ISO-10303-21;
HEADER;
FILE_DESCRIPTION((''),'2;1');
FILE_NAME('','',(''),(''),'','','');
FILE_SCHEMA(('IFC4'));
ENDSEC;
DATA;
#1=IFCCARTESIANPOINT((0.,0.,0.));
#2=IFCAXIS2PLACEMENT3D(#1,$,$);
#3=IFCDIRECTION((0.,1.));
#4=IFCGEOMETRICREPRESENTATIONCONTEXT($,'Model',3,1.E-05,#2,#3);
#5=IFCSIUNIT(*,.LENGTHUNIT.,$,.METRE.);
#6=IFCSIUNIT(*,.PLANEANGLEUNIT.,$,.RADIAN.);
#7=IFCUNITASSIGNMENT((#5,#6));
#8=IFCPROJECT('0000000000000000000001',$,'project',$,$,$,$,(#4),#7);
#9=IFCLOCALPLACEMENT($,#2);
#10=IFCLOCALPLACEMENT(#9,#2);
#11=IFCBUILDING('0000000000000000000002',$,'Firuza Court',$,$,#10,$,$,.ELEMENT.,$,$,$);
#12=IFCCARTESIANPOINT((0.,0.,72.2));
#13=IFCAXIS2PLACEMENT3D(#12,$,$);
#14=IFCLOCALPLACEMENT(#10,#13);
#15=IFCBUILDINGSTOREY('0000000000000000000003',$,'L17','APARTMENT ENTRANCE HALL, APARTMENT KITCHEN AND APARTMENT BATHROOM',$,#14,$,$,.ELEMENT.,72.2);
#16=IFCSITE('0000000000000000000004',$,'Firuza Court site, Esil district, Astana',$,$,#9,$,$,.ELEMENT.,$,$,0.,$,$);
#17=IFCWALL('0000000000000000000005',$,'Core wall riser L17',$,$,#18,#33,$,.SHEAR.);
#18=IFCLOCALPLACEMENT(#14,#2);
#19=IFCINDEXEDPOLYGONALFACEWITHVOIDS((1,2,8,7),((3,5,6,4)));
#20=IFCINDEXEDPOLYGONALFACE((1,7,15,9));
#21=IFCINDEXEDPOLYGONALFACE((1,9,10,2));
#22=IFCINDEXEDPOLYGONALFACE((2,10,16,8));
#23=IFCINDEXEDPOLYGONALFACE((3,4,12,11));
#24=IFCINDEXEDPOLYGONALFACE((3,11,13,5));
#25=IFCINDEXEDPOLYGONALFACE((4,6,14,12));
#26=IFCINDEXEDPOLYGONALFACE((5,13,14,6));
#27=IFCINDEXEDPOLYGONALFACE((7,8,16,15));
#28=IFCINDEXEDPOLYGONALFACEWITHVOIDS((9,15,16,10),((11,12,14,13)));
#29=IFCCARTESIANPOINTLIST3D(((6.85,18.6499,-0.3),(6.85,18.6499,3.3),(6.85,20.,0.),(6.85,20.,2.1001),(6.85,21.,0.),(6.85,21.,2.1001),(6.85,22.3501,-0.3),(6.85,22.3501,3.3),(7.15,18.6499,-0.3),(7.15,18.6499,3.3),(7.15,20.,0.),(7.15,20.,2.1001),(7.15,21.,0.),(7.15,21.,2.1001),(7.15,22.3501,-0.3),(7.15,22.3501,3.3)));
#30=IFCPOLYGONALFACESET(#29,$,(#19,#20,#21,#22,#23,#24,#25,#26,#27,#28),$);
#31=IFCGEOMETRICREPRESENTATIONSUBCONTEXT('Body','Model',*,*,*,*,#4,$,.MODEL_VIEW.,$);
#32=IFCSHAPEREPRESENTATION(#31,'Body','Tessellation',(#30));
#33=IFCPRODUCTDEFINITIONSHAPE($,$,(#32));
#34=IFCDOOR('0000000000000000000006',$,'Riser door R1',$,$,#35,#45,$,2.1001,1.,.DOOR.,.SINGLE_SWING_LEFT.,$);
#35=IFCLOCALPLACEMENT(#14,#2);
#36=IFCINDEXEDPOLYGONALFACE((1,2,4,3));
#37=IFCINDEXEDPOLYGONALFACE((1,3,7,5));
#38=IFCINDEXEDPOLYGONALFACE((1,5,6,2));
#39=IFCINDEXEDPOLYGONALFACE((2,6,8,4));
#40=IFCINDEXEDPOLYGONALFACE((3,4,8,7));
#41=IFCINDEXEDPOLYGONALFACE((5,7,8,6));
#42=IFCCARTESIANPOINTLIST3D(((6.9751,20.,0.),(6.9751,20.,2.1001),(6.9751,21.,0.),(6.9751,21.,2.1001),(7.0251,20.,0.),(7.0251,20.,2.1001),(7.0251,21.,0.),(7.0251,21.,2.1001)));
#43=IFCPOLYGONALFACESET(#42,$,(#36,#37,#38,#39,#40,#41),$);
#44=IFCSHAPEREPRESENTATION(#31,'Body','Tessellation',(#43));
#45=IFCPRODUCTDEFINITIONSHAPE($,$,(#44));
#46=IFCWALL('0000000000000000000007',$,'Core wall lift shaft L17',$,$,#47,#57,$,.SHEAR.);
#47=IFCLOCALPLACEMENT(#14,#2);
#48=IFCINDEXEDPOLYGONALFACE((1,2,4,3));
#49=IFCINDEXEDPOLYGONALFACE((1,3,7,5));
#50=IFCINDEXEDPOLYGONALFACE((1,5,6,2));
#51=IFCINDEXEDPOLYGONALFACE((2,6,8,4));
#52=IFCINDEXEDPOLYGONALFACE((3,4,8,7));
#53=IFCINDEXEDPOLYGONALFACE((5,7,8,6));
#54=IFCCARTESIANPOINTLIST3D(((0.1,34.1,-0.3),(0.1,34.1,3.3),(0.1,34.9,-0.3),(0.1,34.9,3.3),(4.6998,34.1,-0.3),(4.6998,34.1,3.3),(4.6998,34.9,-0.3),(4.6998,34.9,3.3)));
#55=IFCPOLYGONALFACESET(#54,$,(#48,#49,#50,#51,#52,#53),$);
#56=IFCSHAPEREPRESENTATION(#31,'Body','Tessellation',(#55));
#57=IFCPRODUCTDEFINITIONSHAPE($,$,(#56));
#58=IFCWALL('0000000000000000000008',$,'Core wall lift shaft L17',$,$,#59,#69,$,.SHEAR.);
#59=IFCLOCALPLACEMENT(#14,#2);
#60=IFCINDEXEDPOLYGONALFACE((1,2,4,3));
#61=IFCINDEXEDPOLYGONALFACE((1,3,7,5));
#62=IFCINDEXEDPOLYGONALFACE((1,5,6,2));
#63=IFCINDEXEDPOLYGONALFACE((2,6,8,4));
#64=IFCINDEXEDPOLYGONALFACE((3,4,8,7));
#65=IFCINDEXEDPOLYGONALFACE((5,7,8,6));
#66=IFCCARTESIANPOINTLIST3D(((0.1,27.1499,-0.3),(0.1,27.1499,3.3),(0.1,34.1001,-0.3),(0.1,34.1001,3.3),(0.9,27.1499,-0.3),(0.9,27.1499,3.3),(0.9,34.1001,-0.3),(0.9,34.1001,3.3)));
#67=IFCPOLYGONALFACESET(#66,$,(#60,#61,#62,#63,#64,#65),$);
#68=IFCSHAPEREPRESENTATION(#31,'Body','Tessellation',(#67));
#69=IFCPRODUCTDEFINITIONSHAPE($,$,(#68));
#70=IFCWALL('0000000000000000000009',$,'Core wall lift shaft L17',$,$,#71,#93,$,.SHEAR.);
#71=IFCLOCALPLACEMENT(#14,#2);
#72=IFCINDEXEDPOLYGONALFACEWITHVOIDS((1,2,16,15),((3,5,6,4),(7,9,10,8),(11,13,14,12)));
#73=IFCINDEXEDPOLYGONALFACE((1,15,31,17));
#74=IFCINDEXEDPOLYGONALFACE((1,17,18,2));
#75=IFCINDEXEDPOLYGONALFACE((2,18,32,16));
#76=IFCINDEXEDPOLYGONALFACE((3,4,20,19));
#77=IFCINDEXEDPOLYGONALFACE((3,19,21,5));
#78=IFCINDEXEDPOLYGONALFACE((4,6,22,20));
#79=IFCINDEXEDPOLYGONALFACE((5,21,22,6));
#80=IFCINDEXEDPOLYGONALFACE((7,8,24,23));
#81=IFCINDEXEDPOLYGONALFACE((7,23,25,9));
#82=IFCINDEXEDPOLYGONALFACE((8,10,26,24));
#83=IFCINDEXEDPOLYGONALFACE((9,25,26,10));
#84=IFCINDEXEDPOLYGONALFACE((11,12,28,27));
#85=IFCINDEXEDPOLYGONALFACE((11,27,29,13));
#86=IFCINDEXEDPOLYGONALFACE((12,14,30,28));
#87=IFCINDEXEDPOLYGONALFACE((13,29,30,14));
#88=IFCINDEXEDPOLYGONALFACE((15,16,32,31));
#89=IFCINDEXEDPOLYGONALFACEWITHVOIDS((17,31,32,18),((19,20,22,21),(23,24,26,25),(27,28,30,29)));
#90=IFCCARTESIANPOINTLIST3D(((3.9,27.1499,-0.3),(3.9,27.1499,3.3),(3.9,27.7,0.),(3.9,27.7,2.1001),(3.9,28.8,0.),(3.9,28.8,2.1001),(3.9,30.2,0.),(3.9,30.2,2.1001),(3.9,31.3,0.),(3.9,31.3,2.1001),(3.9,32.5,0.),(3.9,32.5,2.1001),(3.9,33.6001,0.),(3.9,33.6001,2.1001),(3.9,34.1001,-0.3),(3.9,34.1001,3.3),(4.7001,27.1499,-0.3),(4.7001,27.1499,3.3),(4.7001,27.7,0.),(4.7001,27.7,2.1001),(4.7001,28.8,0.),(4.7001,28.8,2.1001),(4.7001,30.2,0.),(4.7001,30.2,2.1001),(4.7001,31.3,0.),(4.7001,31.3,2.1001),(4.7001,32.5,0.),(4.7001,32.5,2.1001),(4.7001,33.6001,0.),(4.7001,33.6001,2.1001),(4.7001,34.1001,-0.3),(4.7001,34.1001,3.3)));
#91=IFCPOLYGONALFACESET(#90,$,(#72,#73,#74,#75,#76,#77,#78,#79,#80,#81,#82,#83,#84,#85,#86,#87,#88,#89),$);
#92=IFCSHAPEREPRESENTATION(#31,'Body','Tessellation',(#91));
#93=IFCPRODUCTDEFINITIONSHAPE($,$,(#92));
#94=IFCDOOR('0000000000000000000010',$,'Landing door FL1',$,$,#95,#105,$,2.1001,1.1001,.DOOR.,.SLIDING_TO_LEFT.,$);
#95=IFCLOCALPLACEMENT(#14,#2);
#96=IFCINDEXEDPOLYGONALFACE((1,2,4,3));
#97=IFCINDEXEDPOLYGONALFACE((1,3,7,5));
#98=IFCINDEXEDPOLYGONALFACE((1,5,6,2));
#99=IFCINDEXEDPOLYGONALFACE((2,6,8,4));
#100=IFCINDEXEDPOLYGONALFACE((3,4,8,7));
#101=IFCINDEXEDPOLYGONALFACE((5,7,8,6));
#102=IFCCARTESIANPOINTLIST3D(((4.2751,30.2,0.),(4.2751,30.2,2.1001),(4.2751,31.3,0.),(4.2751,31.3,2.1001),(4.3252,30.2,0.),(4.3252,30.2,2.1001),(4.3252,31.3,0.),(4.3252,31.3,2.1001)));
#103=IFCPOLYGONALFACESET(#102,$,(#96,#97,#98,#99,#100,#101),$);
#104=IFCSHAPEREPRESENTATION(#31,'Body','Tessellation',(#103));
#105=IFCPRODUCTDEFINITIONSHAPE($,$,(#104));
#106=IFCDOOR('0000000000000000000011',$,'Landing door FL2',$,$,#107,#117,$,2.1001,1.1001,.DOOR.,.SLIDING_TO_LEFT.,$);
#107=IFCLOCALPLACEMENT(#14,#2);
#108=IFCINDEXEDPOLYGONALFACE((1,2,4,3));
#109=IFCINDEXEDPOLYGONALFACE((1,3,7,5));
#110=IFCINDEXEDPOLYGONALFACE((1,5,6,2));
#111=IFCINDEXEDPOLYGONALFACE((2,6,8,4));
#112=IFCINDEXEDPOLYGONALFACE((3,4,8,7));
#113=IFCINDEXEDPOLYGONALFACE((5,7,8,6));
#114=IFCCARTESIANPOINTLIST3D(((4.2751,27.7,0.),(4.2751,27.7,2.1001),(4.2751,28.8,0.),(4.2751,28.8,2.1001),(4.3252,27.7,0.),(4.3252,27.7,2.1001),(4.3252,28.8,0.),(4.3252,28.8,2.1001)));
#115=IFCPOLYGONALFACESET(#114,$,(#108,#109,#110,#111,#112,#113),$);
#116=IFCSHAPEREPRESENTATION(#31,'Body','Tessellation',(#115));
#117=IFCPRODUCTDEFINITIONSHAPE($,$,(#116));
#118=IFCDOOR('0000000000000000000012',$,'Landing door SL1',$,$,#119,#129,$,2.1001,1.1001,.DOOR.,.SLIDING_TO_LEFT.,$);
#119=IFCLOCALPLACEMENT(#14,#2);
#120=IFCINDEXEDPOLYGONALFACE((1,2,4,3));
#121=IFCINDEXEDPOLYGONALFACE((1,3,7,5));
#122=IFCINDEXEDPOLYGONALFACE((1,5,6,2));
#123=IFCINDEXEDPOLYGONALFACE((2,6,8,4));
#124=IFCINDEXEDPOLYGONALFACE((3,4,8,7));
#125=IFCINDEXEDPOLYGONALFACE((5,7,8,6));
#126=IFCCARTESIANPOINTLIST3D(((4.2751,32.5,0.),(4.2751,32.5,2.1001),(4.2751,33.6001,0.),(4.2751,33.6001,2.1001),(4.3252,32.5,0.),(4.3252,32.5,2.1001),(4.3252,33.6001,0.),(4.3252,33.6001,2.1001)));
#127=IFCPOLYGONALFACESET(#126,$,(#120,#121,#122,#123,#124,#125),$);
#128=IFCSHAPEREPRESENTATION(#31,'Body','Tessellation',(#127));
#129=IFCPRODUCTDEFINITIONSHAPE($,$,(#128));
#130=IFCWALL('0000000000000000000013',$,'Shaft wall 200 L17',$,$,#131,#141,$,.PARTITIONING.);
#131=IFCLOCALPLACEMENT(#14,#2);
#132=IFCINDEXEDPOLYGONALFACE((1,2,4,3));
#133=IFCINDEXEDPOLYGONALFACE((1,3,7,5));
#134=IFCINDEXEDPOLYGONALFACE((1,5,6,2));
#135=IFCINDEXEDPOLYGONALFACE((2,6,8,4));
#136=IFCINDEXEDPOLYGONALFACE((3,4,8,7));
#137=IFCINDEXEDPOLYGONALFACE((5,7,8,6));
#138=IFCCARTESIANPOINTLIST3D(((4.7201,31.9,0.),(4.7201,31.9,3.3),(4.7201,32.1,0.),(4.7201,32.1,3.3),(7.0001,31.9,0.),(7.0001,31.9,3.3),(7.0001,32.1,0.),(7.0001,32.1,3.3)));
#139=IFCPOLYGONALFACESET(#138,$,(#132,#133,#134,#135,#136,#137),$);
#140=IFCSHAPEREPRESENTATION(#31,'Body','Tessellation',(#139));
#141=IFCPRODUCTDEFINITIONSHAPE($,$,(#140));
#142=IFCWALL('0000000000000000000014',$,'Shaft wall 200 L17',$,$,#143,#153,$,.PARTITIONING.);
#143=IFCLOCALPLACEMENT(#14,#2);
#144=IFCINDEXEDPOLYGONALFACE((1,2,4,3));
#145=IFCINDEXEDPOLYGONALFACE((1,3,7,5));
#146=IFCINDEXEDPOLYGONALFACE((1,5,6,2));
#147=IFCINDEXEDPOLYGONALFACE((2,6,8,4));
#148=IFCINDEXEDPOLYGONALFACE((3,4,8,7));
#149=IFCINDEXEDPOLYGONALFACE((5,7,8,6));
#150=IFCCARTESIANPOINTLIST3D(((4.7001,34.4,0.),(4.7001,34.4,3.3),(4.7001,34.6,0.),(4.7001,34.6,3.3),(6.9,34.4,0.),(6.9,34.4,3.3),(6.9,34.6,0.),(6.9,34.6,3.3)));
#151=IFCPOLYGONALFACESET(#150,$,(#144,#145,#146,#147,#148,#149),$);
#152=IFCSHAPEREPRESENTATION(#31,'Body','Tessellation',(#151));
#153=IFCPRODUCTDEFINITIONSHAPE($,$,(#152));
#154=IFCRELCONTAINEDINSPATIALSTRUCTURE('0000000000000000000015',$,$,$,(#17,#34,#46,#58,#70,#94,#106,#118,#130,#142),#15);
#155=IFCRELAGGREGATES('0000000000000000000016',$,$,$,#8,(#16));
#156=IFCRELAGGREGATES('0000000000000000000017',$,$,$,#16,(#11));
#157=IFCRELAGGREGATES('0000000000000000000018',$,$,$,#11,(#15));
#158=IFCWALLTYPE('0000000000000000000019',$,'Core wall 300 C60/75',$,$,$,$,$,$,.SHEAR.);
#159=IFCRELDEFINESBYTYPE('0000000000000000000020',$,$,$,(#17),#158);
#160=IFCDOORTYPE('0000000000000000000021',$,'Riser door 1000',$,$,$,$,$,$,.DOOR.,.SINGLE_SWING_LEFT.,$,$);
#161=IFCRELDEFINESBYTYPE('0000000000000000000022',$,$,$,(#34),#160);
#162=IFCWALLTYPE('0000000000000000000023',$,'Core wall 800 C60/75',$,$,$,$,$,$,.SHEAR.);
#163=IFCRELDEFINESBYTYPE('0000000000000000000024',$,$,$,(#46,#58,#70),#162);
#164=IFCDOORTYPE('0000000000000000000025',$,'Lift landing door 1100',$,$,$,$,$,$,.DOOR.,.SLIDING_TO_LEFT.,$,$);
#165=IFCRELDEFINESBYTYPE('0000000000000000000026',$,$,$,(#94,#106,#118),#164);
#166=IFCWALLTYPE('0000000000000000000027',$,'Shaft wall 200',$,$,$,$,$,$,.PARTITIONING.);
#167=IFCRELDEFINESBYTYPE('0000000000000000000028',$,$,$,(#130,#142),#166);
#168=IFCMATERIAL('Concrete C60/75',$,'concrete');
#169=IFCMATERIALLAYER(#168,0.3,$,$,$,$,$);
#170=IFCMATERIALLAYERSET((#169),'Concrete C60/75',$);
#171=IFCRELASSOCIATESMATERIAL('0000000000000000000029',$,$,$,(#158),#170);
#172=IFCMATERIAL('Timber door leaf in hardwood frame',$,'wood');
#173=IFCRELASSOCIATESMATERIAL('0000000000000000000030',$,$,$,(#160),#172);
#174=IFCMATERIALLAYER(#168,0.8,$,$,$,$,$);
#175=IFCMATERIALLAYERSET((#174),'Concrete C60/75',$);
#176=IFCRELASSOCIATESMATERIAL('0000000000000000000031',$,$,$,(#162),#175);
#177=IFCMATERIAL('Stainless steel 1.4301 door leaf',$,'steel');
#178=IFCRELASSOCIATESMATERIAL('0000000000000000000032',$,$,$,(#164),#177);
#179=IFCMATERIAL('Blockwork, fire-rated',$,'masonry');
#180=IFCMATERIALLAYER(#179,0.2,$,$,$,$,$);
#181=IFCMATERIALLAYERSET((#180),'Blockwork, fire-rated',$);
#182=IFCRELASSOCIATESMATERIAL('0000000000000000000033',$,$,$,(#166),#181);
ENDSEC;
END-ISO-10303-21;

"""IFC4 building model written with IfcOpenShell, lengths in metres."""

from ifc_helpers import new_model, si_unit, direction, frame, frame_2d, origin, place, context, subcontext, project, spatial, rectangle, extrude, material, layer, layer_set, type_object, element, fill, save


model = new_model("IFC4")

# Units and contexts
model_context = context("Model", 3, precision=1e-05, world=origin(), true_north=direction((0.0, 1.0)))
body_context = subcontext(model_context, "Body", "Model", "MODEL_VIEW")
ifc_project = project(units=[si_unit("LENGTHUNIT", "METRE"), si_unit("PLANEANGLEUNIT", "RADIAN")], contexts=[model_context])

# Site, building, storey
site_placement = place(None, origin())
site = spatial("IfcSite", under=ifc_project, at=site_placement, Name="Firuza Court site, Esil district, Astana", CompositionType="ELEMENT", RefElevation=0.0)
building_placement = place(site_placement, origin())
building = spatial("IfcBuilding", under=site, at=building_placement, Name="Firuza Court", CompositionType="ELEMENT")
storey_placement = place(building_placement, frame((0.0, 0.0, 72.2)))
storey = spatial("IfcBuildingStorey", under=building, at=storey_placement, Name="L17", Description="APARTMENT ENTRANCE HALL, APARTMENT KITCHEN AND APARTMENT BATHROOM", CompositionType="ELEMENT", Elevation=72.2)

# Shared definitions
ifc_material_1 = material(Name="Concrete C60/75", Category="concrete")
ifc_layer_1 = layer(ifc_material_1, 0.3)
ifc_layer_set_1 = layer_set([ifc_layer_1], Name="Concrete C60/75")
wall_type_1 = type_object("IfcWallType", Name="Core wall 300 C60/75", PredefinedType="SHEAR", material=ifc_layer_set_1)

# Wall, opening, door
wall_1_placement = place(storey_placement, frame((7.0, 18.6499, -0.3), z_axis=(0.0, 0.0, 1.0), x_axis=(0.0, 1.0, 0.0)))
wall_1 = element("IfcWall", 1, at=wall_1_placement, inside=storey, type_object=wall_type_1, Name="Core wall riser L17", PredefinedType="SHEAR", context=body_context, shape_type="SweptSolid", body=[
    extrude(rectangle(XDim=3.7002, YDim=0.3, at=frame_2d((1.8501, 0.0))), origin(), (0.0, 0.0, 1.0), 3.6001),
])
opening_1_placement = place(wall_1_placement, frame((1.3501, 0.0, 0.3)))
opening_1 = element("IfcOpeningElement", 2, at=opening_1_placement, cuts=wall_1, PredefinedType="OPENING", context=body_context, shape_type="SweptSolid", body=[
    extrude(rectangle(XDim=1.0, YDim=2.1001, at=frame_2d((0.5, 1.05))), frame((0.0, 0.1621, 0.0), z_axis=(0.0, -1.0, 0.0), x_axis=(1.0, 0.0, 0.0)), (0.0, 0.0, 1.0), 0.324),
])
ifc_material_2 = material(Name="Timber door leaf in hardwood frame", Category="wood")
door_type_1 = type_object("IfcDoorType", Name="Riser door 1000", OperationType="SINGLE_SWING_LEFT", PredefinedType="DOOR", material=ifc_material_2)
door_1_placement = place(opening_1_placement, origin())
door_1 = element("IfcDoor", 3, at=door_1_placement, inside=storey, type_object=door_type_1, Name="Riser door R1", OperationType="SINGLE_SWING_LEFT", OverallHeight=2.1001, OverallWidth=1.0, PredefinedType="DOOR", context=body_context, shape_type="SweptSolid", body=[
    extrude(rectangle(XDim=1.0, YDim=2.1001, at=frame_2d((0.5, 1.05))), frame((0.0, 0.0249, 0.0), z_axis=(0.0, -1.0, 0.0), x_axis=(1.0, 0.0, 0.0)), (0.0, 0.0, 1.0), 0.05),
])
fill(opening_1, door_1)

# Walls
ifc_layer_2 = layer(ifc_material_1, 0.8)
ifc_layer_set_2 = layer_set([ifc_layer_2], Name="Concrete C60/75")
wall_type_2 = type_object("IfcWallType", Name="Core wall 800 C60/75", PredefinedType="SHEAR", material=ifc_layer_set_2)
wall_2_placement = place(storey_placement, frame((0.1001, 34.5, -0.3), z_axis=(0.0, 0.0, 1.0), x_axis=(1.0, 0.0, 0.0)))
element("IfcWall", 4, at=wall_2_placement, inside=storey, type_object=wall_type_2, Name="Core wall lift shaft L17", PredefinedType="SHEAR", context=body_context, shape_type="SweptSolid", body=[
    extrude(rectangle(XDim=4.5999, YDim=0.8, at=frame_2d((2.2998, 0.0))), origin(), (0.0, 0.0, 1.0), 3.6001),
])
wall_3_placement = place(storey_placement, frame((0.5, 27.1499, -0.3), z_axis=(0.0, 0.0, 1.0), x_axis=(0.0, 1.0, 0.0)))
element("IfcWall", 5, at=wall_3_placement, inside=storey, type_object=wall_type_2, Name="Core wall lift shaft L17", PredefinedType="SHEAR", context=body_context, shape_type="SweptSolid", body=[
    extrude(rectangle(XDim=6.9502, YDim=0.8, at=frame_2d((3.4751, 0.0))), origin(), (0.0, 0.0, 1.0), 3.6001),
])

# Wall, openings, doors
wall_4_placement = place(storey_placement, frame((4.3, 27.1499, -0.3), z_axis=(0.0, 0.0, 1.0), x_axis=(0.0, 1.0, 0.0)))
wall_4 = element("IfcWall", 6, at=wall_4_placement, inside=storey, type_object=wall_type_2, Name="Core wall lift shaft L17", PredefinedType="SHEAR", context=body_context, shape_type="SweptSolid", body=[
    extrude(rectangle(XDim=6.9502, YDim=0.8, at=frame_2d((3.4751, 0.0))), origin(), (0.0, 0.0, 1.0), 3.6001),
])
opening_2_placement = place(wall_4_placement, frame((3.05, 0.0, 0.3)))
opening_2 = element("IfcOpeningElement", 7, at=opening_2_placement, cuts=wall_4, PredefinedType="OPENING", context=body_context, shape_type="SweptSolid", body=[
    extrude(rectangle(XDim=1.1001, YDim=2.1001, at=frame_2d((0.55, 1.05))), frame((0.0, 0.4121, 0.0), z_axis=(0.0, -1.0, 0.0), x_axis=(1.0, 0.0, 0.0)), (0.0, 0.0, 1.0), 0.824),
])
opening_3_placement = place(wall_4_placement, frame((0.55, 0.0, 0.3)))
opening_3 = element("IfcOpeningElement", 8, at=opening_3_placement, cuts=wall_4, PredefinedType="OPENING", context=body_context, shape_type="SweptSolid", body=[
    extrude(rectangle(XDim=1.1001, YDim=2.1001, at=frame_2d((0.55, 1.05))), frame((0.0, 0.4121, 0.0), z_axis=(0.0, -1.0, 0.0), x_axis=(1.0, 0.0, 0.0)), (0.0, 0.0, 1.0), 0.824),
])
opening_4_placement = place(wall_4_placement, frame((5.3501, 0.0, 0.3)))
opening_4 = element("IfcOpeningElement", 9, at=opening_4_placement, cuts=wall_4, PredefinedType="OPENING", context=body_context, shape_type="SweptSolid", body=[
    extrude(rectangle(XDim=1.1001, YDim=2.1001, at=frame_2d((0.55, 1.05))), frame((0.0, 0.4121, 0.0), z_axis=(0.0, -1.0, 0.0), x_axis=(1.0, 0.0, 0.0)), (0.0, 0.0, 1.0), 0.824),
])
ifc_material_3 = material(Name="Stainless steel 1.4301 door leaf", Category="steel")
door_type_2 = type_object("IfcDoorType", Name="Lift landing door 1100", OperationType="SLIDING_TO_LEFT", PredefinedType="DOOR", material=ifc_material_3)
door_2_placement = place(opening_2_placement, origin())
door_2 = element("IfcDoor", 10, at=door_2_placement, inside=storey, type_object=door_type_2, Name="Landing door FL1", OperationType="SLIDING_TO_LEFT", OverallHeight=2.1001, OverallWidth=1.1001, PredefinedType="DOOR", context=body_context, shape_type="SweptSolid", body=[
    extrude(rectangle(XDim=1.1001, YDim=2.1001, at=frame_2d((0.55, 1.05))), frame((0.0, 0.0249, 0.0), z_axis=(0.0, -1.0, 0.0), x_axis=(1.0, 0.0, 0.0)), (0.0, 0.0, 1.0), 0.05),
])
fill(opening_2, door_2)
door_3_placement = place(opening_3_placement, origin())
door_3 = element("IfcDoor", 11, at=door_3_placement, inside=storey, type_object=door_type_2, Name="Landing door FL2", OperationType="SLIDING_TO_LEFT", OverallHeight=2.1001, OverallWidth=1.1001, PredefinedType="DOOR", context=body_context, shape_type="SweptSolid", body=[
    extrude(rectangle(XDim=1.1001, YDim=2.1001, at=frame_2d((0.55, 1.05))), frame((0.0, 0.0249, 0.0), z_axis=(0.0, -1.0, 0.0), x_axis=(1.0, 0.0, 0.0)), (0.0, 0.0, 1.0), 0.05),
])
fill(opening_3, door_3)
door_4_placement = place(opening_4_placement, origin())
door_4 = element("IfcDoor", 12, at=door_4_placement, inside=storey, type_object=door_type_2, Name="Landing door SL1", OperationType="SLIDING_TO_LEFT", OverallHeight=2.1001, OverallWidth=1.1001, PredefinedType="DOOR", context=body_context, shape_type="SweptSolid", body=[
    extrude(rectangle(XDim=1.1001, YDim=2.1001, at=frame_2d((0.55, 1.05))), frame((0.0, 0.0249, 0.0), z_axis=(0.0, -1.0, 0.0), x_axis=(1.0, 0.0, 0.0)), (0.0, 0.0, 1.0), 0.05),
])
fill(opening_4, door_4)

# Walls
ifc_material_4 = material(Name="Blockwork, fire-rated", Category="masonry")
ifc_layer_3 = layer(ifc_material_4, 0.2)
ifc_layer_set_3 = layer_set([ifc_layer_3], Name="Blockwork, fire-rated")
wall_type_3 = type_object("IfcWallType", Name="Shaft wall 200", PredefinedType="PARTITIONING", material=ifc_layer_set_3)
wall_5_placement = place(storey_placement, frame((4.72, 32.0, 0.0), z_axis=(0.0, 0.0, 1.0), x_axis=(1.0, 0.0, 0.0)))
element("IfcWall", 13, at=wall_5_placement, inside=storey, type_object=wall_type_3, Name="Shaft wall 200 L17", PredefinedType="PARTITIONING", context=body_context, shape_type="SweptSolid", body=[
    extrude(rectangle(XDim=2.28, YDim=0.2, at=frame_2d((1.1401, 0.0))), origin(), (0.0, 0.0, 1.0), 3.3),
])
wall_6_placement = place(storey_placement, frame((4.7, 34.5, 0.0), z_axis=(0.0, 0.0, 1.0), x_axis=(1.0, 0.0, 0.0)))
element("IfcWall", 14, at=wall_6_placement, inside=storey, type_object=wall_type_3, Name="Shaft wall 200 L17", PredefinedType="PARTITIONING", context=body_context, shape_type="SweptSolid", body=[
    extrude(rectangle(XDim=2.2, YDim=0.2, at=frame_2d((1.1001, 0.0))), origin(), (0.0, 0.0, 1.0), 3.3),
])

save(model, "model.ifc")
